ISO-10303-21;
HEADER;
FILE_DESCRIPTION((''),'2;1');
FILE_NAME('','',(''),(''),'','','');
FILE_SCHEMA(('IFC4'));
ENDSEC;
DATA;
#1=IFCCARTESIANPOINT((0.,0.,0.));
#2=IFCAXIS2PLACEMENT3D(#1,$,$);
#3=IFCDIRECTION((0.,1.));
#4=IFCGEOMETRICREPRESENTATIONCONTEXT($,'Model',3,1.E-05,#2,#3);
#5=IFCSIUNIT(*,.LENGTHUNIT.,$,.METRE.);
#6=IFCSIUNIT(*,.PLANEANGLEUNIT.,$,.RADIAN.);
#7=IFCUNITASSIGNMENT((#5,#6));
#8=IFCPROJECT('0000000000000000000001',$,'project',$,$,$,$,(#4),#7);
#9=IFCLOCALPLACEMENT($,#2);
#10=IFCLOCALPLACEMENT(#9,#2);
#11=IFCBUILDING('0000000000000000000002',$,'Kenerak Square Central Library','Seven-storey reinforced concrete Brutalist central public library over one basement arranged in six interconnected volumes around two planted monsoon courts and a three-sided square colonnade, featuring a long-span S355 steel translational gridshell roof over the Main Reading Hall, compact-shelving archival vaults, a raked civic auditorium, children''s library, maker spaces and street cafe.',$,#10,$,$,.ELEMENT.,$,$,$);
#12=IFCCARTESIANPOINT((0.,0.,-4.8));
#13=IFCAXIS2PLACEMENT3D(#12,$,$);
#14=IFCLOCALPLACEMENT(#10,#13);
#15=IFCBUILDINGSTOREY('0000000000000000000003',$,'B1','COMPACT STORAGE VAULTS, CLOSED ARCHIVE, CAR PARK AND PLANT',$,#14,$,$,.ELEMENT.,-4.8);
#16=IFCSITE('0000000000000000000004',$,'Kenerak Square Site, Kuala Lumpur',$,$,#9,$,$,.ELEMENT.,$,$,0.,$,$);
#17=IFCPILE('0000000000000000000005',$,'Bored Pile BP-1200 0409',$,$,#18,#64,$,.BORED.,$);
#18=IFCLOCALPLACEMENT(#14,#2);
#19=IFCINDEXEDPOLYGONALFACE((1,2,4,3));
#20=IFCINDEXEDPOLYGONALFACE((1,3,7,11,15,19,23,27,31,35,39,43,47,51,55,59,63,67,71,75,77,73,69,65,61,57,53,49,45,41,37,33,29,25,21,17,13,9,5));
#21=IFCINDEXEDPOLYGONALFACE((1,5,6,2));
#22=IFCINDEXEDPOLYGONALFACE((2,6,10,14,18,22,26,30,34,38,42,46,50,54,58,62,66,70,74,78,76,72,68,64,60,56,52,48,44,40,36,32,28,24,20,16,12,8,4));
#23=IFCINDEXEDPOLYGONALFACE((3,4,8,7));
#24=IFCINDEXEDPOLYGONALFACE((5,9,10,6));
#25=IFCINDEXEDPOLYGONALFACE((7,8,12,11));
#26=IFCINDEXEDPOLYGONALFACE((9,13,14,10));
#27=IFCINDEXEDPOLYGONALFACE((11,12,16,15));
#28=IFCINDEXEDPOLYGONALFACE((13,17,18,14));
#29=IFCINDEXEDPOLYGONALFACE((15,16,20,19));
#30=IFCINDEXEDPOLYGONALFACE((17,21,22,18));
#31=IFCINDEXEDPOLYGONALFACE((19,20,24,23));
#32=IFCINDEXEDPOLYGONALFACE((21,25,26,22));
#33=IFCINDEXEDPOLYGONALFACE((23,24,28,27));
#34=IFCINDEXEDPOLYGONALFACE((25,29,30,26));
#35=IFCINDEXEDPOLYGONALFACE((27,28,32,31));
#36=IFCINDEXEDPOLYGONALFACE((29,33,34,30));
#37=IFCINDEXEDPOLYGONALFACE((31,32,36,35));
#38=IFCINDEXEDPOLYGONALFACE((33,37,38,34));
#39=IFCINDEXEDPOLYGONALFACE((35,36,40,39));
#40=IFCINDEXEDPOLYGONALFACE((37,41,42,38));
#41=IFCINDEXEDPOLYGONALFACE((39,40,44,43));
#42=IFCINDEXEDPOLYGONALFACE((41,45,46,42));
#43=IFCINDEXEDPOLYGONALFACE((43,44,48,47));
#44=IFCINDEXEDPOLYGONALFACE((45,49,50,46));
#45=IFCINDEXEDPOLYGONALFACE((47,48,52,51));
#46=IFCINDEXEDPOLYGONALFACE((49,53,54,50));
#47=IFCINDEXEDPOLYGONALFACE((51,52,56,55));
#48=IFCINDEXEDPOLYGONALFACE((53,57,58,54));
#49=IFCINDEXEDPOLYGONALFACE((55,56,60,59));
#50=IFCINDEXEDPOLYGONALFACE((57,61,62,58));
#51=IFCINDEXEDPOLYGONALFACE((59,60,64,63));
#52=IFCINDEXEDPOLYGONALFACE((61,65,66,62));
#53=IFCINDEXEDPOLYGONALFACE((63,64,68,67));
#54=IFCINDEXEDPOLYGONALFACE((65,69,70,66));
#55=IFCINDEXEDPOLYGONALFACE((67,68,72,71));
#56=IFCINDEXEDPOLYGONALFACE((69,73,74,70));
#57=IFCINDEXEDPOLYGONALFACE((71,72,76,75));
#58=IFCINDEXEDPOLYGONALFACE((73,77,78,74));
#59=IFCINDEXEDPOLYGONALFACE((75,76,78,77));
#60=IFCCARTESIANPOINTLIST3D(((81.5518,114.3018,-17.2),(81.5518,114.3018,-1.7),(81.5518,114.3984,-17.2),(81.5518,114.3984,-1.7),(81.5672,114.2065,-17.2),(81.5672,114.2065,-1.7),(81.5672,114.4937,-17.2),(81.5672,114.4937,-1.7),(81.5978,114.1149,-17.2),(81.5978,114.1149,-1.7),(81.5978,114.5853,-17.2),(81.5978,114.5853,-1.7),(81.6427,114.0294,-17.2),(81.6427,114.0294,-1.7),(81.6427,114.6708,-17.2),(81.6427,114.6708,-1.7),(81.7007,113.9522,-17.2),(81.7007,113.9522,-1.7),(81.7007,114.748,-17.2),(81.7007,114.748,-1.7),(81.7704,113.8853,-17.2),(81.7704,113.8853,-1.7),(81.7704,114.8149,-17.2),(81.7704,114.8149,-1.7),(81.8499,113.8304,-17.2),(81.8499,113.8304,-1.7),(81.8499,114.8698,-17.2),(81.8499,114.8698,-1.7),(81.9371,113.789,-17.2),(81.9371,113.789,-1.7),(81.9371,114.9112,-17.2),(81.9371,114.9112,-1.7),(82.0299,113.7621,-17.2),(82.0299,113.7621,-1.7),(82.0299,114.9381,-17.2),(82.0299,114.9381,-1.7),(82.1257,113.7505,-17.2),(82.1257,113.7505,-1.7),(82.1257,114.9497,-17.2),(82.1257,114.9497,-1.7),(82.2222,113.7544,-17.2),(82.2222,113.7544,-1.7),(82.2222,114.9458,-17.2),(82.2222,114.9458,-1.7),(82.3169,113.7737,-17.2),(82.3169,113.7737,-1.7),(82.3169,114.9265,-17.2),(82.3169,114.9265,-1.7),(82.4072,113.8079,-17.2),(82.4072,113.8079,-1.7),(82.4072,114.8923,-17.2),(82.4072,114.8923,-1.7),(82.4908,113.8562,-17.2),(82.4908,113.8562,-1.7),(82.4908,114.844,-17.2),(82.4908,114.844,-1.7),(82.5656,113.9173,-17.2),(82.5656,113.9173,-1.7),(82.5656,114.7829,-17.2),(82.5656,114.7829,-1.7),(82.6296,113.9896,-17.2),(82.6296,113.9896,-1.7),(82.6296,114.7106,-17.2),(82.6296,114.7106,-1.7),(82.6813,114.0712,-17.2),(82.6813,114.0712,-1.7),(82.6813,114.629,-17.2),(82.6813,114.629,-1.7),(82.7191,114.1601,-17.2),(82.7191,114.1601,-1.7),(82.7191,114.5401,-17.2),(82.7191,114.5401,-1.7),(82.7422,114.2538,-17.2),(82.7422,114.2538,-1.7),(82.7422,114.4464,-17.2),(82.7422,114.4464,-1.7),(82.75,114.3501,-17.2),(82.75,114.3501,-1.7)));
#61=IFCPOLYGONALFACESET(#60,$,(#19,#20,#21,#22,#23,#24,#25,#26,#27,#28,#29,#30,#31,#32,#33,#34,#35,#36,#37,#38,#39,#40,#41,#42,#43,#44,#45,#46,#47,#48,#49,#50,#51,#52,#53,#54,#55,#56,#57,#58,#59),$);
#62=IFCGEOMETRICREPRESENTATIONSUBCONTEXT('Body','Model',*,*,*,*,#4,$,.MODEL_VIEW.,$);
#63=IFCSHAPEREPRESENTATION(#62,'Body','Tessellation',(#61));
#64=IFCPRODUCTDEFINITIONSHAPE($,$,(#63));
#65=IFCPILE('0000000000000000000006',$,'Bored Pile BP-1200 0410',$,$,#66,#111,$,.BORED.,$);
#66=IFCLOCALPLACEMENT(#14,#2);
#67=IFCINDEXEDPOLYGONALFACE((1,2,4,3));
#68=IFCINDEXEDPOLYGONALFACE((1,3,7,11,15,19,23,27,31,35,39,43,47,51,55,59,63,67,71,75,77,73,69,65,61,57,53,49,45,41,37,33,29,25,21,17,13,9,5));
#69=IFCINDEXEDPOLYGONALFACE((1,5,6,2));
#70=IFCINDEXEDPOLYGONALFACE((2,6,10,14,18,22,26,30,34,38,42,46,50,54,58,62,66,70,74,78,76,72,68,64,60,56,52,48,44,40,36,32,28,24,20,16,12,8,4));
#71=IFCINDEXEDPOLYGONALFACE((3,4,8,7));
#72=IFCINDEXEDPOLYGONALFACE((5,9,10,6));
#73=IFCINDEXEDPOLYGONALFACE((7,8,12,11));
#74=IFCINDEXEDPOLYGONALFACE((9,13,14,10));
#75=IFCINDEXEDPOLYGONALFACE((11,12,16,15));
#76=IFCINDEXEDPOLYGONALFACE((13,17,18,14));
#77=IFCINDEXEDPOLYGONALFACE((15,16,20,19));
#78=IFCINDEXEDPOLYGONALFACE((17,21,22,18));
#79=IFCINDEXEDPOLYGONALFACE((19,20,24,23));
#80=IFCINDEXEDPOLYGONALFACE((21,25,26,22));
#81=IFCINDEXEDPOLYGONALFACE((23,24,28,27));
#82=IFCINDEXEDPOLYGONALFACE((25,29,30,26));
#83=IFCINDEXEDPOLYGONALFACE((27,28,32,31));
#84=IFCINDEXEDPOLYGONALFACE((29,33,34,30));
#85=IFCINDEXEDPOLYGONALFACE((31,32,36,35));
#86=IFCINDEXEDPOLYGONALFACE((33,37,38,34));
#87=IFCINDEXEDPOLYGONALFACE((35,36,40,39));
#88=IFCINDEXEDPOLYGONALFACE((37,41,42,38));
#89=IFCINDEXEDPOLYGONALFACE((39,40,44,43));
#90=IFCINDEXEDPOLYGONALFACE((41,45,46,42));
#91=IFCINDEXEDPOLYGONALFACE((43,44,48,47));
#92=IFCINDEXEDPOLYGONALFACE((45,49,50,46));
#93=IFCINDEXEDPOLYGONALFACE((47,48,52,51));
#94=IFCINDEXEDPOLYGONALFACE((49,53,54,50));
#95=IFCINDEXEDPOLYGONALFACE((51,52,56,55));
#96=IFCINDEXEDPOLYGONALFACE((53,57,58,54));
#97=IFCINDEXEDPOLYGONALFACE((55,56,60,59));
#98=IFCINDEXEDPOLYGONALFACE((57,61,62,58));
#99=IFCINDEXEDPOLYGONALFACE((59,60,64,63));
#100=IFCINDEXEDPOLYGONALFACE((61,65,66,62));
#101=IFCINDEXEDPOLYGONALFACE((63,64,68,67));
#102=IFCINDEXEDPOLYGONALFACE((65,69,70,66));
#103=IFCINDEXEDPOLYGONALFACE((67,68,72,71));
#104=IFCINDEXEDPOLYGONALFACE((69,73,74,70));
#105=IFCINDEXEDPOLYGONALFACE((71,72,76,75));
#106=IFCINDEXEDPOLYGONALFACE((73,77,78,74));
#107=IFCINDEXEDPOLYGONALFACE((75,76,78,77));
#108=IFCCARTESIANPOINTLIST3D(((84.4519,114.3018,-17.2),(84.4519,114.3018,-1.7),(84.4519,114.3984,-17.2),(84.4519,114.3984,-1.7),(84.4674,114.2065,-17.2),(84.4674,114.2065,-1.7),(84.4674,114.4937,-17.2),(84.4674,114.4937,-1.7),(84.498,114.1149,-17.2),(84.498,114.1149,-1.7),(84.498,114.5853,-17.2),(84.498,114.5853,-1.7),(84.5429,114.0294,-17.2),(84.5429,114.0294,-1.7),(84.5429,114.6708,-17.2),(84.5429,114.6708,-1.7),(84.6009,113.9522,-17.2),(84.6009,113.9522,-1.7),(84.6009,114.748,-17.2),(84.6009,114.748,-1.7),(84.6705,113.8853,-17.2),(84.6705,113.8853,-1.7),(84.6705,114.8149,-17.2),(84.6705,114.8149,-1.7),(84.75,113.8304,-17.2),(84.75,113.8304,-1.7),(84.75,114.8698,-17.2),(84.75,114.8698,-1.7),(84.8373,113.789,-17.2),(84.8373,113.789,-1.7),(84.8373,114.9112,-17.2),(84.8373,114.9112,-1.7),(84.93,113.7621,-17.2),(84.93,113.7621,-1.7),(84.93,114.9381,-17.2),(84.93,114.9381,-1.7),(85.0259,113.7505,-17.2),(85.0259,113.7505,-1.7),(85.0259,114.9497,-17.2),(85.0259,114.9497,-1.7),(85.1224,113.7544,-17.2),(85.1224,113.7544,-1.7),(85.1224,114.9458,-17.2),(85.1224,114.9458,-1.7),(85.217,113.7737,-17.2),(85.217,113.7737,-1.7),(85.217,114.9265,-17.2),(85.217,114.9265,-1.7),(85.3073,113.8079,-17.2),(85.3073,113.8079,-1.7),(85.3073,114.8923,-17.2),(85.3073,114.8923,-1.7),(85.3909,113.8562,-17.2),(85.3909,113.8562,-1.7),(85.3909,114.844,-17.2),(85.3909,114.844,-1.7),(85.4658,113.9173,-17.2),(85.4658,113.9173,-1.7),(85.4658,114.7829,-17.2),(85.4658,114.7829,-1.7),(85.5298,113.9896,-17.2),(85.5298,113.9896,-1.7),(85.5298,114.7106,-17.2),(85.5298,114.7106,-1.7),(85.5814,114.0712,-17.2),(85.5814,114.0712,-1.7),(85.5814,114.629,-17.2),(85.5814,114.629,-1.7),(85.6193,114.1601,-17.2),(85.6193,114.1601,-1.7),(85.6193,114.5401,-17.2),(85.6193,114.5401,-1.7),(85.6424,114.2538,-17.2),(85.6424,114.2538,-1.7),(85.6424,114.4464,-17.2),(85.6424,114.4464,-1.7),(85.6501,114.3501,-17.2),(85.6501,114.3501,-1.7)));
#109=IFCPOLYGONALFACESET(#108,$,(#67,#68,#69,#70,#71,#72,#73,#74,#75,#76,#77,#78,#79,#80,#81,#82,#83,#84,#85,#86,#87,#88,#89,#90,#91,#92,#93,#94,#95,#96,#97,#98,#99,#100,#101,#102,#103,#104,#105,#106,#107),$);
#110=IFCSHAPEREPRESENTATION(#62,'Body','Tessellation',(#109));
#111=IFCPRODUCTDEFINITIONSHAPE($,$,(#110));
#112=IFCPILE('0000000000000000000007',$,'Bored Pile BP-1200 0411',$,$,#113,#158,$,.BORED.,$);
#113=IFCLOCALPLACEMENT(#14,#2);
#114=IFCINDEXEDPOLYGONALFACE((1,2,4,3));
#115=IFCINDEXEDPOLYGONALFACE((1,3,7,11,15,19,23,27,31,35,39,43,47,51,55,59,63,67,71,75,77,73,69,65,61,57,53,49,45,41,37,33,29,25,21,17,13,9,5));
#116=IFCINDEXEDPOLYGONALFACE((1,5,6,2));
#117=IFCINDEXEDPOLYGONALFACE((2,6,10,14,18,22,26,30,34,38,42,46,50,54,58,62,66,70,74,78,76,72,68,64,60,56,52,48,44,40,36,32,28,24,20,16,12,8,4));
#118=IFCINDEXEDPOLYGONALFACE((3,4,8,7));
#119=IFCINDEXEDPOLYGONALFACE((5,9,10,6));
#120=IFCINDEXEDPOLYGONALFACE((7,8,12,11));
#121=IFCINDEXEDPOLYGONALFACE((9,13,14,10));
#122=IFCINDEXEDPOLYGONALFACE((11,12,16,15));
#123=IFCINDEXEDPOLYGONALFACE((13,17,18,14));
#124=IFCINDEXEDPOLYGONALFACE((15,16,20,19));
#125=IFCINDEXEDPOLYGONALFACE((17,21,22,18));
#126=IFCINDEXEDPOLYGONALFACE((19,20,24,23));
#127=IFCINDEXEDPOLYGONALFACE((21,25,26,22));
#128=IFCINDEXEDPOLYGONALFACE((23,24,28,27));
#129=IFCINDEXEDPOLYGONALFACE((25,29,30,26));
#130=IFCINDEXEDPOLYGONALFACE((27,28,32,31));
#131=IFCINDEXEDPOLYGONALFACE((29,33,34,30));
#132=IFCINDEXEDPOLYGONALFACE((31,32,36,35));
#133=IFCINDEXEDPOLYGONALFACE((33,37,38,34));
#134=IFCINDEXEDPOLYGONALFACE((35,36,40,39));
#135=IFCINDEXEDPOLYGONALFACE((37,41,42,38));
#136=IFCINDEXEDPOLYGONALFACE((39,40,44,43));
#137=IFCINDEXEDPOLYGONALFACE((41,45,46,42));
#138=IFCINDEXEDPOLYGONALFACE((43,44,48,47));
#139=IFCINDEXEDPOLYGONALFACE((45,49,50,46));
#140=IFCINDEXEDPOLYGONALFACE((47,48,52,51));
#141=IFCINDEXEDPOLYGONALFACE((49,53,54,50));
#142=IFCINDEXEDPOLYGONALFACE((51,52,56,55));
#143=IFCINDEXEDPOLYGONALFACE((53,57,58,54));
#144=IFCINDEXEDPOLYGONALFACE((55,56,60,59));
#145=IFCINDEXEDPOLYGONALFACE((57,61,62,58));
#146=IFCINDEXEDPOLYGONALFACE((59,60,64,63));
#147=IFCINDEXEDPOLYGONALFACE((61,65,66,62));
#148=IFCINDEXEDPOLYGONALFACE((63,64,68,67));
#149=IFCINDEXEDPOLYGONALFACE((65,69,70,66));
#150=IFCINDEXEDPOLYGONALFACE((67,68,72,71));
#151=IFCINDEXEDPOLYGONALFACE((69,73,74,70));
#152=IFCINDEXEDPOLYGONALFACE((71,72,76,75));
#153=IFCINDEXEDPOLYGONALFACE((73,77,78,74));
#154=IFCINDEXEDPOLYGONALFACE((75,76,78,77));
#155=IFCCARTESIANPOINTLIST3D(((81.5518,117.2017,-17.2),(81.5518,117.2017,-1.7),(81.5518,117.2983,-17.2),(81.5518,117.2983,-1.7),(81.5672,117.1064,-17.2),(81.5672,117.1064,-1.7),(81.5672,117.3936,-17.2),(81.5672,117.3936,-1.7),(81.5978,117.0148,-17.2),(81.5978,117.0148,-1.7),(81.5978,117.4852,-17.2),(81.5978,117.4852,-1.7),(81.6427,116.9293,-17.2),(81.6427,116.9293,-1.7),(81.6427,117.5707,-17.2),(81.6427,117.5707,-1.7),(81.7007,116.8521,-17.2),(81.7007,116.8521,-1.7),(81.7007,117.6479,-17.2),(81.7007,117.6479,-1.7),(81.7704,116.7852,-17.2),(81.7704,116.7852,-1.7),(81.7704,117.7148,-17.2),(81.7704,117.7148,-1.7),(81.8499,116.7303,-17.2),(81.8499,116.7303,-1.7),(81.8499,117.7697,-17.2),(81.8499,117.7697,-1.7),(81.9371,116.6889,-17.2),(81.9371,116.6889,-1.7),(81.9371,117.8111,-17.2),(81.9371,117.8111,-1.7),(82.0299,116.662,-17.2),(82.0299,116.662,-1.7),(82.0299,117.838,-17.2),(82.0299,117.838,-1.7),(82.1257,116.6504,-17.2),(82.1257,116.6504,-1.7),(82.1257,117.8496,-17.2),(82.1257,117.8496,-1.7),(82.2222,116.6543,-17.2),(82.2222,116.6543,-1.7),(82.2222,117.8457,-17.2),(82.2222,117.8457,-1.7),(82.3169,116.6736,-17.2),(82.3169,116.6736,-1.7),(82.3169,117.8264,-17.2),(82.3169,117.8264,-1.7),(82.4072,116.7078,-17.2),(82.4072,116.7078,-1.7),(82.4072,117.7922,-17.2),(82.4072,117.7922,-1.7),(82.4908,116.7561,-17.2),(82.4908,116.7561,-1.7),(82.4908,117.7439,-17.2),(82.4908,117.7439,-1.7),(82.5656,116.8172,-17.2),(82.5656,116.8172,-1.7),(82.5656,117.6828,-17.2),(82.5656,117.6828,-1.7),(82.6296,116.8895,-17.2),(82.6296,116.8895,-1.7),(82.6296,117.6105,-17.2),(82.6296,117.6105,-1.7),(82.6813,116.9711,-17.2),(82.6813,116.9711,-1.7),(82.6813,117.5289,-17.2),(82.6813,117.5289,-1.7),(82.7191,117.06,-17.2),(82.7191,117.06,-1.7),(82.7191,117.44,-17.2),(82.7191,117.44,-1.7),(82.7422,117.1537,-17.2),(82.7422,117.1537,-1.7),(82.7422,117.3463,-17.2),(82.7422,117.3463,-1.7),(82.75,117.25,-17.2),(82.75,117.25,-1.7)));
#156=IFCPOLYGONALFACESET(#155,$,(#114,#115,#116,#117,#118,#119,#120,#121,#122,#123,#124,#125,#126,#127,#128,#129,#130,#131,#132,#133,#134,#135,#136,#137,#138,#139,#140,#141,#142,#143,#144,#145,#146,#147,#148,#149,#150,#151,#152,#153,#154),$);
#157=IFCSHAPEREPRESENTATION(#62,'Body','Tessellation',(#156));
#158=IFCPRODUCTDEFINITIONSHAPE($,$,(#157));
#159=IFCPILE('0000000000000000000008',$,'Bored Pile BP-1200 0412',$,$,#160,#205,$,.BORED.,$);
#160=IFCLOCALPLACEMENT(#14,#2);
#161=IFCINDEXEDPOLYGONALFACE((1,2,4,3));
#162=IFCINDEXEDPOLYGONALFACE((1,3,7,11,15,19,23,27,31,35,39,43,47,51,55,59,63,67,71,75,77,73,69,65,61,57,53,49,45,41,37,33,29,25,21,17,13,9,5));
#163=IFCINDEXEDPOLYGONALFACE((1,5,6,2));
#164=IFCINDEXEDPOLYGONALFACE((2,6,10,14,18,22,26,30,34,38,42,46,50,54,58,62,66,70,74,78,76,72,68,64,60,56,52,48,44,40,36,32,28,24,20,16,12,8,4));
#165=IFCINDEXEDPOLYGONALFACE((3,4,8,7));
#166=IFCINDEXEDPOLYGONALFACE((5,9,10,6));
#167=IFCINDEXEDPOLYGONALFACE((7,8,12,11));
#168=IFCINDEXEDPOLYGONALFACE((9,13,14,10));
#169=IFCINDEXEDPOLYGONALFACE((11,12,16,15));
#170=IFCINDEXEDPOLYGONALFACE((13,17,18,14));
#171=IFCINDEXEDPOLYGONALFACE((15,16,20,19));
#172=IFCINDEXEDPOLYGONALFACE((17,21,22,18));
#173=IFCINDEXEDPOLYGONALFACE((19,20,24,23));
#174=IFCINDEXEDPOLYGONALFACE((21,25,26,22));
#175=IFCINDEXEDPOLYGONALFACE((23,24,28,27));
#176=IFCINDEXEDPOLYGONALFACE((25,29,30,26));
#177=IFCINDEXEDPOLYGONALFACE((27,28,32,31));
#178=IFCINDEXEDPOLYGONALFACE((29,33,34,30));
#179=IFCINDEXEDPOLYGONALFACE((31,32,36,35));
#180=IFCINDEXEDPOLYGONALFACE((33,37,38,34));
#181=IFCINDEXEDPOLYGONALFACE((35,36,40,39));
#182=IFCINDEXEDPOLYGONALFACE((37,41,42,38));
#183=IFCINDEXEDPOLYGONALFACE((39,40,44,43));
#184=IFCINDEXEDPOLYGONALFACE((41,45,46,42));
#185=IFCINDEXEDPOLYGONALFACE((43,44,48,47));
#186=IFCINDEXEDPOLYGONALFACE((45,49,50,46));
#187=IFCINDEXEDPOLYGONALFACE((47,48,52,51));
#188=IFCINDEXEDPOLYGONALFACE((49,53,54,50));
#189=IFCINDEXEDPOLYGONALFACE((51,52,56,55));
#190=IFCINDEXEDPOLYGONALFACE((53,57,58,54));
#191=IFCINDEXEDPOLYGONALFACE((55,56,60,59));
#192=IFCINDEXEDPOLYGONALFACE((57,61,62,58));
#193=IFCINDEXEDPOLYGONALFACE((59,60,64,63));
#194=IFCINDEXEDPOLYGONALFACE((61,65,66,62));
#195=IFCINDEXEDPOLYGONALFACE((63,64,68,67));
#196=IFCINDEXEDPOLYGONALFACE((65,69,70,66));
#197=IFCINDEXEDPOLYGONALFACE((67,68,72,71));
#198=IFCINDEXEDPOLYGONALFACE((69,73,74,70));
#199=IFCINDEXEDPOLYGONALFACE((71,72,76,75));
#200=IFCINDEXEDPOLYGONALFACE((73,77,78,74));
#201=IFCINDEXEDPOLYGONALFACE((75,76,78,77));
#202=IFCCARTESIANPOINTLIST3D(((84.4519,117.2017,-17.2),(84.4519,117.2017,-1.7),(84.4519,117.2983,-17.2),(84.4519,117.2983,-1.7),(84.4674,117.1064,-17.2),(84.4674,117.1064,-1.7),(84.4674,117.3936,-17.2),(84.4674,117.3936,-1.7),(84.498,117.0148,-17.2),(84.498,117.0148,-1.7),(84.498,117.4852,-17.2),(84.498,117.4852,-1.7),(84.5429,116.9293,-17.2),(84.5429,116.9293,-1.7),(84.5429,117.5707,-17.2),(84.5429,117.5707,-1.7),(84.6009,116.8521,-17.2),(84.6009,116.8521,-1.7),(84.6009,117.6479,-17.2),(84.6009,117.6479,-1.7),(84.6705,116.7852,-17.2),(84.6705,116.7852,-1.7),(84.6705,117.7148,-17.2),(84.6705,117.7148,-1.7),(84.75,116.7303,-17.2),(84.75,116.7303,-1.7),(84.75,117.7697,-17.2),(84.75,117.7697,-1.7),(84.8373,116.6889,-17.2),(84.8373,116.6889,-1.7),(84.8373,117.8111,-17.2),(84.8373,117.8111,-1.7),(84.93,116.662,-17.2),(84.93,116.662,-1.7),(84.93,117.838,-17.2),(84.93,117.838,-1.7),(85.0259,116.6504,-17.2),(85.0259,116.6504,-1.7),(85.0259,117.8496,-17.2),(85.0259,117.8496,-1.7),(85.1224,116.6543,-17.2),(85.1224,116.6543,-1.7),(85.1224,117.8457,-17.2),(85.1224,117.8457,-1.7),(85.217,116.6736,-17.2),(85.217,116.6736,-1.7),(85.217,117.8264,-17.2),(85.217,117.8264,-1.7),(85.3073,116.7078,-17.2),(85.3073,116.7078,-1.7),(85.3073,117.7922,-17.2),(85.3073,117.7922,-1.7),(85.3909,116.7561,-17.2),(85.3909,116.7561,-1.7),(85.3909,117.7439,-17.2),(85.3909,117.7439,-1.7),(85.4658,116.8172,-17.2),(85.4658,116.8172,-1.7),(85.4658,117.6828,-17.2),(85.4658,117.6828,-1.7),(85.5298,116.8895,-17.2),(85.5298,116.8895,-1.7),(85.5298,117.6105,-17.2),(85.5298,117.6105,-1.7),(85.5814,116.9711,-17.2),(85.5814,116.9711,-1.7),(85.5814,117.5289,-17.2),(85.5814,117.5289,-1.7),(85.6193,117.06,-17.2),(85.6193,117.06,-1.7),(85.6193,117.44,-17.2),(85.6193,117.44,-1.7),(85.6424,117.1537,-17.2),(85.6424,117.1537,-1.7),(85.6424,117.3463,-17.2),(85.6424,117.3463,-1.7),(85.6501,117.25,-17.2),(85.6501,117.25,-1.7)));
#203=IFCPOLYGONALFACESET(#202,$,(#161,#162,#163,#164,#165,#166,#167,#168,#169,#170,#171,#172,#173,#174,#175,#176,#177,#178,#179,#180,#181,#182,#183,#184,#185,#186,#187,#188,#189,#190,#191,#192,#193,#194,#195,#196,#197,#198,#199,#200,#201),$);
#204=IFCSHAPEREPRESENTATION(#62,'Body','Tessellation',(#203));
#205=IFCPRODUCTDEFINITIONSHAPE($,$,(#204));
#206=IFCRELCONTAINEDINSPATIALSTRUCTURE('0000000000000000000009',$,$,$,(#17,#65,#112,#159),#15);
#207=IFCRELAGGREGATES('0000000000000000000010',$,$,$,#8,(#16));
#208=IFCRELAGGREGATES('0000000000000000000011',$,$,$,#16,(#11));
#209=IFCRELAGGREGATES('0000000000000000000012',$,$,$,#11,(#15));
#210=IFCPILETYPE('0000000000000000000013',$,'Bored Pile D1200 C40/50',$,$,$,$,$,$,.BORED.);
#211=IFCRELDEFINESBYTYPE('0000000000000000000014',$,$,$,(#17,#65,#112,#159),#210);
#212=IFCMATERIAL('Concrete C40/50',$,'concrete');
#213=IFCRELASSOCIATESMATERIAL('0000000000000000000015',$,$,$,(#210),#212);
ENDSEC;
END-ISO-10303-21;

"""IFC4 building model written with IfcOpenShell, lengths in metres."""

from ifc_helpers import new_model, si_unit, direction, frame, origin, origin_2d, place, context, subcontext, project, spatial, circle, extrude, material, material_profile, profile_set, type_object, element, save


model = new_model("IFC4")

# Units and contexts
model_context = context("Model", 3, precision=1e-05, world=origin(), true_north=direction((0.0, 1.0)))
body_context = subcontext(model_context, "Body", "Model", "MODEL_VIEW")
ifc_project = project(units=[si_unit("LENGTHUNIT", "METRE"), si_unit("PLANEANGLEUNIT", "RADIAN")], contexts=[model_context])

# Site, building, storey
site_placement = place(None, origin())
site = spatial("IfcSite", under=ifc_project, at=site_placement, Name="Kenerak Square Site, Kuala Lumpur", CompositionType="ELEMENT", RefElevation=0.0)
building_placement = place(site_placement, origin())
building = spatial("IfcBuilding", under=site, at=building_placement, Name="Kenerak Square Central Library", Description="Seven-storey reinforced concrete Brutalist central public library over one basement arranged in six interconnected volumes around two planted monsoon courts and a three-sided square colonnade, featuring a long-span S355 steel translational gridshell roof over the Main Reading Hall, compact-shelving archival vaults, a raked civic auditorium, children's library, maker spaces and street cafe.", CompositionType="ELEMENT")
storey_placement = place(building_placement, frame((0.0, 0.0, -4.8)))
storey = spatial("IfcBuildingStorey", under=building, at=storey_placement, Name="B1", Description="COMPACT STORAGE VAULTS, CLOSED ARCHIVE, CAR PARK AND PLANT", CompositionType="ELEMENT", Elevation=-4.8)

# Piles
ifc_material_1 = material(Name="Concrete C40/50", Category="concrete")
ifc_material_profile_1 = material_profile(ifc_material_1, circle(Radius=0.6001, at=origin_2d()), Name="BP D1200")
ifc_profile_set_1 = profile_set([ifc_material_profile_1], Name="Concrete C40/50")
pile_type = type_object("IfcPileType", Name="Bored Pile D1200 C40/50", PredefinedType="BORED", material=ifc_profile_set_1)
for number, where, z_axis, x_axis, name in (
    (1, (82.1499, 114.3501, -1.7), (0.0, 0.0, -1.0), (1.0, 0.0, 0.0), "Bored Pile BP-1200 0409"),
    (2, (85.05, 114.3501, -1.7), (0.0, 0.0, -1.0), (1.0, 0.0, 0.0), "Bored Pile BP-1200 0410"),
    (3, (82.1499, 117.25, -1.7), (0.0, 0.0, -1.0), (1.0, 0.0, 0.0), "Bored Pile BP-1200 0411"),
    (4, (85.05, 117.25, -1.7), (0.0, 0.0, -1.0), (1.0, 0.0, 0.0), "Bored Pile BP-1200 0412"),
):
    element("IfcPile", number, at=place(storey_placement, frame(where, z_axis=z_axis, x_axis=x_axis)), inside=storey, type_object=pile_type, Name=name, PredefinedType="BORED", context=body_context, shape_type="SweptSolid", body=[
        extrude(circle(Radius=0.6001, at=origin_2d()), origin(), (0.0, 0.0, 1.0), 15.5),
    ])

save(model, "model.ifc")
